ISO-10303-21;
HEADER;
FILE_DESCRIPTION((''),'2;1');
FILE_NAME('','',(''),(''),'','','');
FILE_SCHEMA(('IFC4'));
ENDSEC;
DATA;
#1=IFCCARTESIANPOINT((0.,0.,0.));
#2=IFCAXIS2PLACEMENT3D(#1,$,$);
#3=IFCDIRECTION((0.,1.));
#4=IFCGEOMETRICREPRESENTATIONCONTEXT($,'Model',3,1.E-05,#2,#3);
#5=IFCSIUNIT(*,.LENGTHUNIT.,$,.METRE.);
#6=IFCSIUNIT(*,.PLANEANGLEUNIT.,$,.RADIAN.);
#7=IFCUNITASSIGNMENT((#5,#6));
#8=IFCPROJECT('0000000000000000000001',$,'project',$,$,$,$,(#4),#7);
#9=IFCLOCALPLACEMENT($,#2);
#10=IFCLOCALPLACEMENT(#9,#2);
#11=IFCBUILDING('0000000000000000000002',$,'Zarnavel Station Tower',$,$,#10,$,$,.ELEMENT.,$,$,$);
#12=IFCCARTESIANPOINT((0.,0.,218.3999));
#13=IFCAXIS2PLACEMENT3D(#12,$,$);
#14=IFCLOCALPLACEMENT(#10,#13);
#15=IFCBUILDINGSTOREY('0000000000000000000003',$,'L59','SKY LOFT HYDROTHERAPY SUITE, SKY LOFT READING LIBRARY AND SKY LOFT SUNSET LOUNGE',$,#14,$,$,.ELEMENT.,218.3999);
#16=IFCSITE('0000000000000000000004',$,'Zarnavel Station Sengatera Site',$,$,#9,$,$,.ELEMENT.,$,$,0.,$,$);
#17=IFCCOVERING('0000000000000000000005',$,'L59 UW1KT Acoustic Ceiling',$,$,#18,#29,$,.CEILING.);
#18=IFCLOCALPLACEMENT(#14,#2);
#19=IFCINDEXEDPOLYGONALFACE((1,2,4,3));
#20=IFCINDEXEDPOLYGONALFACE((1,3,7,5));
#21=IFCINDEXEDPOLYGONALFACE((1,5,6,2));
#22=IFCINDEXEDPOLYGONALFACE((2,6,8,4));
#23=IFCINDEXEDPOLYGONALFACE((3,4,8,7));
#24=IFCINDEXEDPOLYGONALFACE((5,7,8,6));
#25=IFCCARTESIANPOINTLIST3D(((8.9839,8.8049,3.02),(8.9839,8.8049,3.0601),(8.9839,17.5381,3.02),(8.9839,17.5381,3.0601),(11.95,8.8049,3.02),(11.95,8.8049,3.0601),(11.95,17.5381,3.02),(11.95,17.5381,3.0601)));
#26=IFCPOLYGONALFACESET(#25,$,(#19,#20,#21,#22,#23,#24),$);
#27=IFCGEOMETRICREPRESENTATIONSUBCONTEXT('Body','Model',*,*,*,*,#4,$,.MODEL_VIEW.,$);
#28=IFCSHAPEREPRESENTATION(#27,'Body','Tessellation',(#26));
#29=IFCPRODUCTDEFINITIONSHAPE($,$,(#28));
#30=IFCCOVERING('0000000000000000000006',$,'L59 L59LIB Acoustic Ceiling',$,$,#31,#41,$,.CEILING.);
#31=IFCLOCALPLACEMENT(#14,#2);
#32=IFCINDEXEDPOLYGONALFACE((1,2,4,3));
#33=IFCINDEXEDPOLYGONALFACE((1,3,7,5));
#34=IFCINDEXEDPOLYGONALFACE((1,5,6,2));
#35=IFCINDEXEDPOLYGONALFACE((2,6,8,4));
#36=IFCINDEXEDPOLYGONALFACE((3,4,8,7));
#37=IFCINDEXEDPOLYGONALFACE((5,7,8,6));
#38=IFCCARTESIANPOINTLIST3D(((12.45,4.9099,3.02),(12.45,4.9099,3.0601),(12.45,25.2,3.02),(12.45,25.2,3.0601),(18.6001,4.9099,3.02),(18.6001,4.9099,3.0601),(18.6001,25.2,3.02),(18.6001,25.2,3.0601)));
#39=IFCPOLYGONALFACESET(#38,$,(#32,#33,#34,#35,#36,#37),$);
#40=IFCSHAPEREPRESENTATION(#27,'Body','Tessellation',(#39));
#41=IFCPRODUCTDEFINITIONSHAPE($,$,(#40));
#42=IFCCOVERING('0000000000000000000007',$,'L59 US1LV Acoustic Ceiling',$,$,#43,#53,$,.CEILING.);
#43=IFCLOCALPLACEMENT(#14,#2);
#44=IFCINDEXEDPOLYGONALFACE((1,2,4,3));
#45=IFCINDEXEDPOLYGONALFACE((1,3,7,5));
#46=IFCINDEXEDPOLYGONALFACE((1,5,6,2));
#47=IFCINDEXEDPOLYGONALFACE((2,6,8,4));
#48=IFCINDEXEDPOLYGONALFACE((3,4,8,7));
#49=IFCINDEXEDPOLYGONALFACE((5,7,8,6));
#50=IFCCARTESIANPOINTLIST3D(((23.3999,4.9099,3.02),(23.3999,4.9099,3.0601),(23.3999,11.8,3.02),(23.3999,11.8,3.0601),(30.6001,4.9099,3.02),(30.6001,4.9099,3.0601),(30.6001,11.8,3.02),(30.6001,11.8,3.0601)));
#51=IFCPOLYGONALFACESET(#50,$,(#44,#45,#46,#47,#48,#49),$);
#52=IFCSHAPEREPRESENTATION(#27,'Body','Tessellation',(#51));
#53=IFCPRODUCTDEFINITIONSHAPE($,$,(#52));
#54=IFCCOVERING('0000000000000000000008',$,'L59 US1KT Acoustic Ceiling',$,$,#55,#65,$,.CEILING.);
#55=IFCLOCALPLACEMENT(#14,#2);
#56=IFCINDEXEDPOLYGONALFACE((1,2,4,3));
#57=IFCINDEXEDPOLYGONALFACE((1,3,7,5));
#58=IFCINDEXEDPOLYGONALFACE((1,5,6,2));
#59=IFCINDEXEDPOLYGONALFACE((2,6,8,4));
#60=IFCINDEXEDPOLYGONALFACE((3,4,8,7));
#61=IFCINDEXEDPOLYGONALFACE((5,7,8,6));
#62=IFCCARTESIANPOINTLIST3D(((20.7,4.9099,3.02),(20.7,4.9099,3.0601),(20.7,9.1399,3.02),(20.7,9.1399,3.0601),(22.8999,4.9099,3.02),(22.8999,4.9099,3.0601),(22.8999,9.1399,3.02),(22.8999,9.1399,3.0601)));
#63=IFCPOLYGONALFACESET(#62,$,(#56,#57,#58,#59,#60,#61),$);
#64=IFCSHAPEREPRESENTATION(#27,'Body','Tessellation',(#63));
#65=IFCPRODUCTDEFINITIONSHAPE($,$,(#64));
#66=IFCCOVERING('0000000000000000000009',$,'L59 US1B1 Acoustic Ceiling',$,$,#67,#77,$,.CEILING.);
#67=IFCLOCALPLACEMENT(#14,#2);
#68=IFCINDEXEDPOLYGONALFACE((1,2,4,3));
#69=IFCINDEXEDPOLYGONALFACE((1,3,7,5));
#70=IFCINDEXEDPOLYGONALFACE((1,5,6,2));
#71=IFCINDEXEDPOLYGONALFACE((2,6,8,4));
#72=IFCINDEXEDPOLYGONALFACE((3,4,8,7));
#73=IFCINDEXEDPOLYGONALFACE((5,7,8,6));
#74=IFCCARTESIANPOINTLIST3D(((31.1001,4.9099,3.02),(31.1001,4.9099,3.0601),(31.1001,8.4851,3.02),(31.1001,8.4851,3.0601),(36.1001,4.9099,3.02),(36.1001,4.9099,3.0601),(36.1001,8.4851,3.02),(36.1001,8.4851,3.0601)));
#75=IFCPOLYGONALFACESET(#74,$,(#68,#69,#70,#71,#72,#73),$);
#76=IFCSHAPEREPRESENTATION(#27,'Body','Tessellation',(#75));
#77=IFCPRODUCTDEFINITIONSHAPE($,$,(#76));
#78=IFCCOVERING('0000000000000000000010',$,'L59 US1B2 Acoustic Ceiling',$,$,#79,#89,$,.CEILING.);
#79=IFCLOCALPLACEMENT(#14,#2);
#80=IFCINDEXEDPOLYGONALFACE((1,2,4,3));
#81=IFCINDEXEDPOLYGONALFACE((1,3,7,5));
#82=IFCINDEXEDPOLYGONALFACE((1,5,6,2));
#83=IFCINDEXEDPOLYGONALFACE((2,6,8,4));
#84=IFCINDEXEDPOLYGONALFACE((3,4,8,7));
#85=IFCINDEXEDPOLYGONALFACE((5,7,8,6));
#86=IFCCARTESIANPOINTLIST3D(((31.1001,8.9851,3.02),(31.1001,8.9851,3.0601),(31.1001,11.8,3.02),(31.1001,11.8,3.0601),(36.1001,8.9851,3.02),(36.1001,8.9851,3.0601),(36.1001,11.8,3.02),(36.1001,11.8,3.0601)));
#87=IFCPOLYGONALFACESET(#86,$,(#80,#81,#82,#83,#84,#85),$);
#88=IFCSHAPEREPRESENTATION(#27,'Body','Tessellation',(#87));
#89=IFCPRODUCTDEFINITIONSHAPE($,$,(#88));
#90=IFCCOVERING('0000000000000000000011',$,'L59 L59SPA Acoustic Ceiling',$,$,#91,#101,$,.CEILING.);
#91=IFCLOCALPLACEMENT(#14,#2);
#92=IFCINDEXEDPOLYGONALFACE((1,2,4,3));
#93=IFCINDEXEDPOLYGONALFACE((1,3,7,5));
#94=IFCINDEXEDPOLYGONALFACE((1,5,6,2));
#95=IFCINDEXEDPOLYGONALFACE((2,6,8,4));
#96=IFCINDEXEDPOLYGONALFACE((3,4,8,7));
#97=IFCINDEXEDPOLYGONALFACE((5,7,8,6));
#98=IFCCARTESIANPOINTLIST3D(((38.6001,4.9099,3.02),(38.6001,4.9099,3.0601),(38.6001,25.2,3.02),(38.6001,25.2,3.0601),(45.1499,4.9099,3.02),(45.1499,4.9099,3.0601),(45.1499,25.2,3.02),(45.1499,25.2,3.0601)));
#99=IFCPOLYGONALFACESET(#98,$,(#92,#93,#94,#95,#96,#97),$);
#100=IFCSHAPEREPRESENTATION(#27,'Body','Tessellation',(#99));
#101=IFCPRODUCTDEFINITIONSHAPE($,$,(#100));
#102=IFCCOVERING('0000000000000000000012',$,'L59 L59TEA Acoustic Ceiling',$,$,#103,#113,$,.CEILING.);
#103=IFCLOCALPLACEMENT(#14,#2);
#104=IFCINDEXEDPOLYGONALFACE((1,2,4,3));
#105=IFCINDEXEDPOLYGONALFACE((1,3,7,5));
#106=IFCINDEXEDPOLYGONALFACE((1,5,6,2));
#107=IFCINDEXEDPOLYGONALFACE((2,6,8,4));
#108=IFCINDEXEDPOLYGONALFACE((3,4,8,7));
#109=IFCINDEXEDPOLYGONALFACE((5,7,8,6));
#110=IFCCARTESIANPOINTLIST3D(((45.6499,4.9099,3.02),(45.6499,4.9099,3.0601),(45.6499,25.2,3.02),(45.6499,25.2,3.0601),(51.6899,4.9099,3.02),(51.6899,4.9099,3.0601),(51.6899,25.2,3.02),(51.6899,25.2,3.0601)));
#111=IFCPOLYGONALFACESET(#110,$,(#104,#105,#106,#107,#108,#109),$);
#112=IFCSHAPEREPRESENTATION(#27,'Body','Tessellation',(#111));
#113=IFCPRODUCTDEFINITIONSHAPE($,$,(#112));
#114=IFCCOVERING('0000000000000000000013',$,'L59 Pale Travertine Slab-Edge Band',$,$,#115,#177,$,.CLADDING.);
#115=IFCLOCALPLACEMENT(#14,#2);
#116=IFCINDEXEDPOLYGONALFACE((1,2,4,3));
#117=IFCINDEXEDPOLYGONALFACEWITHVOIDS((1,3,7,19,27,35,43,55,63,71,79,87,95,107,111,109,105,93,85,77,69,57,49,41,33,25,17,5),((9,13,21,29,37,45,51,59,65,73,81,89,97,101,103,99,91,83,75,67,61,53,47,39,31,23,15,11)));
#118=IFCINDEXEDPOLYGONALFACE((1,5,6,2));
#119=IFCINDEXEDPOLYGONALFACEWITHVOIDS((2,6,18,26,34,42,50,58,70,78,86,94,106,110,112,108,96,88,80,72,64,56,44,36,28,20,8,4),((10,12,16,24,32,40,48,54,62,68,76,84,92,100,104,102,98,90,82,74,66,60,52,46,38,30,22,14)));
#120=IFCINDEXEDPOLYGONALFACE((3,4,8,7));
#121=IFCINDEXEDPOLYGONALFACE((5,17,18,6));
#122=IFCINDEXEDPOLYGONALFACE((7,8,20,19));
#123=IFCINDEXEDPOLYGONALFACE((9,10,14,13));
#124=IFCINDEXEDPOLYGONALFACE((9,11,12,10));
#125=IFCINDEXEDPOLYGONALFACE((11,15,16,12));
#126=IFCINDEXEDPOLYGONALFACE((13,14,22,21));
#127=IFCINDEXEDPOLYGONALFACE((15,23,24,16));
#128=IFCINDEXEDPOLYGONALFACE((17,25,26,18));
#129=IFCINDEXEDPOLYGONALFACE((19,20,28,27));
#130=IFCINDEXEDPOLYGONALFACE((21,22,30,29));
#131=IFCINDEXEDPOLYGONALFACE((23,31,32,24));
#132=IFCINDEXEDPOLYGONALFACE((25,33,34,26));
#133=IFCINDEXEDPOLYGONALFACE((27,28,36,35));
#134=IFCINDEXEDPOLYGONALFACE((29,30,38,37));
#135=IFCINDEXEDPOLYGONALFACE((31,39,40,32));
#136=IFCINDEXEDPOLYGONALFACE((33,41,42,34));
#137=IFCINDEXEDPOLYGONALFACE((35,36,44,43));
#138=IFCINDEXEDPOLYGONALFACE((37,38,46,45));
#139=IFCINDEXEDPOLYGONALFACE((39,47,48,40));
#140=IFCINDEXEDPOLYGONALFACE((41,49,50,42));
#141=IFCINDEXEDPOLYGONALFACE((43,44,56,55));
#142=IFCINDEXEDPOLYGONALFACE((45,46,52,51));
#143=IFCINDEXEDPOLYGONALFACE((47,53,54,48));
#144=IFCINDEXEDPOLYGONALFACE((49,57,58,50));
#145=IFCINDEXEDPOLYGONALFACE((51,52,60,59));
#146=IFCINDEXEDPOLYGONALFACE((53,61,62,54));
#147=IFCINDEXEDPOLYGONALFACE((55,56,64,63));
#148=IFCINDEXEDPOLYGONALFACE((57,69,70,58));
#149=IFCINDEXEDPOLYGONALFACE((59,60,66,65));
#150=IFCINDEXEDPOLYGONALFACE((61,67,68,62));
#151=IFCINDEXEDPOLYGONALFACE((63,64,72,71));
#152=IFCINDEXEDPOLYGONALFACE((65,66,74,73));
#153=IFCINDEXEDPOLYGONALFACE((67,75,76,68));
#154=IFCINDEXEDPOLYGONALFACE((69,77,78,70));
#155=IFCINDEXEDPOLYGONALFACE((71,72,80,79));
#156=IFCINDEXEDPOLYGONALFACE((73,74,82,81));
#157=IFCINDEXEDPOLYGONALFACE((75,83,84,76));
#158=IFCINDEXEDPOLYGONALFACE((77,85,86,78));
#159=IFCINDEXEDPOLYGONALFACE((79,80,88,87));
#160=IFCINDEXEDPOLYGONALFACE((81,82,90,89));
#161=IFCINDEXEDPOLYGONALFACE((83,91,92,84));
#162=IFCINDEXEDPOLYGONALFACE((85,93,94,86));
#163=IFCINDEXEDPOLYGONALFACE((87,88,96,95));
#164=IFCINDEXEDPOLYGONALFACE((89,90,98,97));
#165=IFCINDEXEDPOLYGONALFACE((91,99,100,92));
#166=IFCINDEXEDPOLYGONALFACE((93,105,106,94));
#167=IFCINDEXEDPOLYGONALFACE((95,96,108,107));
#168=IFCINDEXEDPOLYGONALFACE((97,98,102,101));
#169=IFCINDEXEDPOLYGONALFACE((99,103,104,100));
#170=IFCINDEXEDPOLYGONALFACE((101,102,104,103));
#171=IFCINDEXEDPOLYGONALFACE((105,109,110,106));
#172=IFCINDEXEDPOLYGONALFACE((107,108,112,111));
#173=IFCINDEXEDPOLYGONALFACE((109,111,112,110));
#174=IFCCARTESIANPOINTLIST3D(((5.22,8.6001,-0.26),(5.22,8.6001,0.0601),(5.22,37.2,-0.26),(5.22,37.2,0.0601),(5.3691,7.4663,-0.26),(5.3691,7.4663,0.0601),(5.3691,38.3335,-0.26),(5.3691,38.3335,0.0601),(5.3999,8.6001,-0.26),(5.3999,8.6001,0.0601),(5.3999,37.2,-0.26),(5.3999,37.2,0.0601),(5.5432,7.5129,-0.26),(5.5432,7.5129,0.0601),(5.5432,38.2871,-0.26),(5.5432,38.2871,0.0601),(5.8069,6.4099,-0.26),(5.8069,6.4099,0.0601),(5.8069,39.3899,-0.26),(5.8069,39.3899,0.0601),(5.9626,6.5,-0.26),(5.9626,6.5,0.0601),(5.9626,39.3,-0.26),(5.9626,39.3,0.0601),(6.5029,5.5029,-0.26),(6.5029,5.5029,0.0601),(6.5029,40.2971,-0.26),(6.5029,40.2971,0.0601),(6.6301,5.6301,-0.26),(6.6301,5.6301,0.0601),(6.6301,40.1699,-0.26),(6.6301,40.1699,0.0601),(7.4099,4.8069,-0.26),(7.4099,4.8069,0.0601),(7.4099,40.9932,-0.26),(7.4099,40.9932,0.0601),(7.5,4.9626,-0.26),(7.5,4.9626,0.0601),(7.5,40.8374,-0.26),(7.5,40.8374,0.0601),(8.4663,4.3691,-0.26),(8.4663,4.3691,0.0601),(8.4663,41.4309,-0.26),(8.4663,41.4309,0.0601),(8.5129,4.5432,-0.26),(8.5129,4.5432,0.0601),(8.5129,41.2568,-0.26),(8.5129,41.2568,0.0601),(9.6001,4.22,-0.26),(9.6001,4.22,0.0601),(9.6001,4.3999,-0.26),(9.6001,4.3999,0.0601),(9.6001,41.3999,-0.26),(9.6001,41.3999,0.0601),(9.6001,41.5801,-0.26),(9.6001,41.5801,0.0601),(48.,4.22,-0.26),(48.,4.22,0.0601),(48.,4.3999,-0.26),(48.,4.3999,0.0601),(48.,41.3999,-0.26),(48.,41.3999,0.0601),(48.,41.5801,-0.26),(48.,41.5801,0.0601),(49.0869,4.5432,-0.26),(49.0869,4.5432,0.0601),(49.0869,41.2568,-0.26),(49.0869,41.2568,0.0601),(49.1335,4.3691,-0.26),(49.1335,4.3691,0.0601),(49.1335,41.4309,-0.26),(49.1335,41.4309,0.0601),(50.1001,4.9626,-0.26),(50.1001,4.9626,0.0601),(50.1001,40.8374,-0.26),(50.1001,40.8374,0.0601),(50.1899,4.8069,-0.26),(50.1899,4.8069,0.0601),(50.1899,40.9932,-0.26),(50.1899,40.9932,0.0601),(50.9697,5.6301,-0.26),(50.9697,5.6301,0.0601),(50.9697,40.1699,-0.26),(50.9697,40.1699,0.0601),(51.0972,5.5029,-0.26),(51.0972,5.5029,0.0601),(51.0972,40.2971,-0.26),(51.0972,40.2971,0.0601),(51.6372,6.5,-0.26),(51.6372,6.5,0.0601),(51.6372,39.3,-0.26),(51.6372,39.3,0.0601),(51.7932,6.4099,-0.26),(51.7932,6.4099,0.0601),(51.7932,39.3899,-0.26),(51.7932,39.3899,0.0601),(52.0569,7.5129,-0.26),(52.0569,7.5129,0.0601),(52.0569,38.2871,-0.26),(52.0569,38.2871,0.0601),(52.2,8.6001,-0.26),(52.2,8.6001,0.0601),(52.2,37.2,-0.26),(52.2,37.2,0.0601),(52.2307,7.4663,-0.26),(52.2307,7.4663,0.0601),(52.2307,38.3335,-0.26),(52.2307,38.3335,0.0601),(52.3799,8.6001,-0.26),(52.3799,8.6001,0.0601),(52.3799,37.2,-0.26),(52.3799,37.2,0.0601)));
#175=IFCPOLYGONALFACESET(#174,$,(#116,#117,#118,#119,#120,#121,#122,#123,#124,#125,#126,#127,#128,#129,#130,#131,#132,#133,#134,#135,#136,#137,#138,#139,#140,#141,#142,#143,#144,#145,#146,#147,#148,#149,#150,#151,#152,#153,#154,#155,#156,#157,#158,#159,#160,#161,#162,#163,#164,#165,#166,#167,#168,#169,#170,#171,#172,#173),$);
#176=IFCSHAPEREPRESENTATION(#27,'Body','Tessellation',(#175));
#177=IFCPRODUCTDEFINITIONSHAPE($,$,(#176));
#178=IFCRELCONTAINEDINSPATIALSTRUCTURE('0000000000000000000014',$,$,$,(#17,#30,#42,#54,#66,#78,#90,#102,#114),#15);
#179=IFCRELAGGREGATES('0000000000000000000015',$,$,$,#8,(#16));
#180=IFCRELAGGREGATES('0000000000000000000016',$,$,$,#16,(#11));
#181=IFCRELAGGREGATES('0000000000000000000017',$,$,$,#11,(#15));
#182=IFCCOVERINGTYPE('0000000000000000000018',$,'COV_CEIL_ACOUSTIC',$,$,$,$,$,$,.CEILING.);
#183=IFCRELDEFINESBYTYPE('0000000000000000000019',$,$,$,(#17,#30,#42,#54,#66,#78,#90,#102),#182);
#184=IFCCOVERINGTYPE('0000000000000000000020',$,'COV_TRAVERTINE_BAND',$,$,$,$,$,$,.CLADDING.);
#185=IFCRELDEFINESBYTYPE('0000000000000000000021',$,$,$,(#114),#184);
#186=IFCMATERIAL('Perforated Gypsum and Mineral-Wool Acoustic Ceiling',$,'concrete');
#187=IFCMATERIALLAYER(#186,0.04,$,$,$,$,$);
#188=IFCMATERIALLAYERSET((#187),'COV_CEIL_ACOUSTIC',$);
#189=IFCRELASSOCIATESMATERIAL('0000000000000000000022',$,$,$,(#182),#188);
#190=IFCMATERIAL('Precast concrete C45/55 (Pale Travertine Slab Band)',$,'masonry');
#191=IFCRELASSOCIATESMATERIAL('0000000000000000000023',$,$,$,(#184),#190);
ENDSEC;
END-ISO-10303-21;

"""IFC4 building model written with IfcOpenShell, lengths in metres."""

from ifc_helpers import new_model, si_unit, direction, frame, origin, place, context, subcontext, project, spatial, polyline, outline, extrude, material, layer, layer_set, type_object, element, save


model = new_model("IFC4")

# Units and contexts
model_context = context("Model", 3, precision=1e-05, world=origin(), true_north=direction((0.0, 1.0)))
body_context = subcontext(model_context, "Body", "Model", "MODEL_VIEW")
ifc_project = project(units=[si_unit("LENGTHUNIT", "METRE"), si_unit("PLANEANGLEUNIT", "RADIAN")], contexts=[model_context])

# Site, building, storey
site_placement = place(None, origin())
site = spatial("IfcSite", under=ifc_project, at=site_placement, Name="Zarnavel Station Sengatera Site", CompositionType="ELEMENT", RefElevation=0.0)
building_placement = place(site_placement, origin())
building = spatial("IfcBuilding", under=site, at=building_placement, Name="Zarnavel Station Tower", CompositionType="ELEMENT")
storey_placement = place(building_placement, frame((0.0, 0.0, 218.3999)))
storey = spatial("IfcBuildingStorey", under=building, at=storey_placement, Name="L59", Description="SKY LOFT HYDROTHERAPY SUITE, SKY LOFT READING LIBRARY AND SKY LOFT SUNSET LOUNGE", CompositionType="ELEMENT", Elevation=218.3999)

# Coverings
ifc_material_1 = material(Name="Perforated Gypsum and Mineral-Wool Acoustic Ceiling", Category="concrete")
ifc_layer_1 = layer(ifc_material_1, 0.04)
ifc_layer_set_1 = layer_set([ifc_layer_1], Name="COV_CEIL_ACOUSTIC")
covering_type_1 = type_object("IfcCoveringType", Name="COV_CEIL_ACOUSTIC", PredefinedType="CEILING", material=ifc_layer_set_1)
covering_1_placement = place(storey_placement, frame((0.0, 0.0, 3.02)))
element("IfcCovering", 1, at=covering_1_placement, inside=storey, type_object=covering_type_1, Name="L59 UW1KT Acoustic Ceiling", PredefinedType="CEILING", context=body_context, shape_type="SweptSolid", body=[
    extrude(outline(polyline([(8.9839, 8.8049), (11.95, 8.8049), (11.95, 17.5381), (8.9839, 17.5381), (8.9839, 8.8049)])), origin(), (0.0, 0.0, 1.0), 0.04),
])
covering_2_placement = place(storey_placement, frame((0.0, 0.0, 3.02)))
element("IfcCovering", 2, at=covering_2_placement, inside=storey, type_object=covering_type_1, Name="L59 L59LIB Acoustic Ceiling", PredefinedType="CEILING", context=body_context, shape_type="SweptSolid", body=[
    extrude(outline(polyline([(12.45, 4.9099), (18.6001, 4.9099), (18.6001, 25.2), (12.45, 25.2), (12.45, 4.9099)])), origin(), (0.0, 0.0, 1.0), 0.04),
])
covering_3_placement = place(storey_placement, frame((0.0, 0.0, 3.02)))
element("IfcCovering", 3, at=covering_3_placement, inside=storey, type_object=covering_type_1, Name="L59 US1LV Acoustic Ceiling", PredefinedType="CEILING", context=body_context, shape_type="SweptSolid", body=[
    extrude(outline(polyline([(23.3999, 4.9099), (30.6001, 4.9099), (30.6001, 11.8), (23.3999, 11.8), (23.3999, 4.9099)])), origin(), (0.0, 0.0, 1.0), 0.04),
])
covering_4_placement = place(storey_placement, frame((0.0, 0.0, 3.02)))
element("IfcCovering", 4, at=covering_4_placement, inside=storey, type_object=covering_type_1, Name="L59 US1KT Acoustic Ceiling", PredefinedType="CEILING", context=body_context, shape_type="SweptSolid", body=[
    extrude(outline(polyline([(20.7, 4.9099), (22.8999, 4.9099), (22.8999, 9.1399), (20.7, 9.1399), (20.7, 4.9099)])), origin(), (0.0, 0.0, 1.0), 0.04),
])
covering_5_placement = place(storey_placement, frame((0.0, 0.0, 3.02)))
element("IfcCovering", 5, at=covering_5_placement, inside=storey, type_object=covering_type_1, Name="L59 US1B1 Acoustic Ceiling", PredefinedType="CEILING", context=body_context, shape_type="SweptSolid", body=[
    extrude(outline(polyline([(31.1001, 4.9099), (36.1001, 4.9099), (36.1001, 8.4851), (31.1001, 8.4851), (31.1001, 4.9099)])), origin(), (0.0, 0.0, 1.0), 0.04),
])
covering_6_placement = place(storey_placement, frame((0.0, 0.0, 3.02)))
element("IfcCovering", 6, at=covering_6_placement, inside=storey, type_object=covering_type_1, Name="L59 US1B2 Acoustic Ceiling", PredefinedType="CEILING", context=body_context, shape_type="SweptSolid", body=[
    extrude(outline(polyline([(31.1001, 8.9851), (36.1001, 8.9851), (36.1001, 11.8), (31.1001, 11.8), (31.1001, 8.9851)])), origin(), (0.0, 0.0, 1.0), 0.04),
])
covering_7_placement = place(storey_placement, frame((0.0, 0.0, 3.02)))
element("IfcCovering", 7, at=covering_7_placement, inside=storey, type_object=covering_type_1, Name="L59 L59SPA Acoustic Ceiling", PredefinedType="CEILING", context=body_context, shape_type="SweptSolid", body=[
    extrude(outline(polyline([(38.6001, 4.9099), (45.1499, 4.9099), (45.1499, 25.2), (38.6001, 25.2), (38.6001, 4.9099)])), origin(), (0.0, 0.0, 1.0), 0.04),
])
covering_8_placement = place(storey_placement, frame((0.0, 0.0, 3.02)))
element("IfcCovering", 8, at=covering_8_placement, inside=storey, type_object=covering_type_1, Name="L59 L59TEA Acoustic Ceiling", PredefinedType="CEILING", context=body_context, shape_type="SweptSolid", body=[
    extrude(outline(polyline([(45.6499, 4.9099), (51.6899, 4.9099), (51.6899, 25.2), (45.6499, 25.2), (45.6499, 4.9099)])), origin(), (0.0, 0.0, 1.0), 0.04),
])
ifc_material_2 = material(Name="Precast concrete C45/55 (Pale Travertine Slab Band)", Category="masonry")
covering_type_2 = type_object("IfcCoveringType", Name="COV_TRAVERTINE_BAND", PredefinedType="CLADDING", material=ifc_material_2)
covering_9_placement = place(storey_placement, frame((0.0, 0.0, -0.26)))
element("IfcCovering", 9, at=covering_9_placement, inside=storey, type_object=covering_type_2, Name="L59 Pale Travertine Slab-Edge Band", PredefinedType="CLADDING", context=body_context, shape_type="SweptSolid", body=[
    extrude(outline(polyline([(48.0, 4.22), (49.1335, 4.3691), (50.1899, 4.8069), (51.0972, 5.5029), (51.7932, 6.4099), (52.2307, 7.4663), (52.3799, 8.6001), (52.3799, 37.2), (52.2307, 38.3335), (51.7932, 39.3899), (51.0972, 40.2971), (50.1899, 40.9932), (49.1335, 41.4309), (48.0, 41.5801), (9.6001, 41.5801), (8.4663, 41.4309), (7.4099, 40.9932), (6.5029, 40.2971), (5.8069, 39.3899), (5.3691, 38.3335), (5.22, 37.2), (5.22, 8.6001), (5.3691, 7.4663), (5.8069, 6.4099), (6.5029, 5.5029), (7.4099, 4.8069), (8.4663, 4.3691), (9.6001, 4.22), (48.0, 4.22)]), holes=[polyline([(48.0, 4.3999), (49.0869, 4.5432), (50.1001, 4.9626), (50.9697, 5.6301), (51.6372, 6.5), (52.0569, 7.5129), (52.2, 8.6001), (52.2, 37.2), (52.0569, 38.2871), (51.6372, 39.3), (50.9697, 40.1699), (50.1001, 40.8374), (49.0869, 41.2568), (48.0, 41.3999), (9.6001, 41.3999), (8.5129, 41.2568), (7.5, 40.8374), (6.6301, 40.1699), (5.9626, 39.3), (5.5432, 38.2871), (5.3999, 37.2), (5.3999, 8.6001), (5.5432, 7.5129), (5.9626, 6.5), (6.6301, 5.6301), (7.5, 4.9626), (8.5129, 4.5432), (9.6001, 4.3999), (48.0, 4.3999)])]), origin(), (0.0, 0.0, 1.0), 0.3201),
])

save(model, "model.ifc")
